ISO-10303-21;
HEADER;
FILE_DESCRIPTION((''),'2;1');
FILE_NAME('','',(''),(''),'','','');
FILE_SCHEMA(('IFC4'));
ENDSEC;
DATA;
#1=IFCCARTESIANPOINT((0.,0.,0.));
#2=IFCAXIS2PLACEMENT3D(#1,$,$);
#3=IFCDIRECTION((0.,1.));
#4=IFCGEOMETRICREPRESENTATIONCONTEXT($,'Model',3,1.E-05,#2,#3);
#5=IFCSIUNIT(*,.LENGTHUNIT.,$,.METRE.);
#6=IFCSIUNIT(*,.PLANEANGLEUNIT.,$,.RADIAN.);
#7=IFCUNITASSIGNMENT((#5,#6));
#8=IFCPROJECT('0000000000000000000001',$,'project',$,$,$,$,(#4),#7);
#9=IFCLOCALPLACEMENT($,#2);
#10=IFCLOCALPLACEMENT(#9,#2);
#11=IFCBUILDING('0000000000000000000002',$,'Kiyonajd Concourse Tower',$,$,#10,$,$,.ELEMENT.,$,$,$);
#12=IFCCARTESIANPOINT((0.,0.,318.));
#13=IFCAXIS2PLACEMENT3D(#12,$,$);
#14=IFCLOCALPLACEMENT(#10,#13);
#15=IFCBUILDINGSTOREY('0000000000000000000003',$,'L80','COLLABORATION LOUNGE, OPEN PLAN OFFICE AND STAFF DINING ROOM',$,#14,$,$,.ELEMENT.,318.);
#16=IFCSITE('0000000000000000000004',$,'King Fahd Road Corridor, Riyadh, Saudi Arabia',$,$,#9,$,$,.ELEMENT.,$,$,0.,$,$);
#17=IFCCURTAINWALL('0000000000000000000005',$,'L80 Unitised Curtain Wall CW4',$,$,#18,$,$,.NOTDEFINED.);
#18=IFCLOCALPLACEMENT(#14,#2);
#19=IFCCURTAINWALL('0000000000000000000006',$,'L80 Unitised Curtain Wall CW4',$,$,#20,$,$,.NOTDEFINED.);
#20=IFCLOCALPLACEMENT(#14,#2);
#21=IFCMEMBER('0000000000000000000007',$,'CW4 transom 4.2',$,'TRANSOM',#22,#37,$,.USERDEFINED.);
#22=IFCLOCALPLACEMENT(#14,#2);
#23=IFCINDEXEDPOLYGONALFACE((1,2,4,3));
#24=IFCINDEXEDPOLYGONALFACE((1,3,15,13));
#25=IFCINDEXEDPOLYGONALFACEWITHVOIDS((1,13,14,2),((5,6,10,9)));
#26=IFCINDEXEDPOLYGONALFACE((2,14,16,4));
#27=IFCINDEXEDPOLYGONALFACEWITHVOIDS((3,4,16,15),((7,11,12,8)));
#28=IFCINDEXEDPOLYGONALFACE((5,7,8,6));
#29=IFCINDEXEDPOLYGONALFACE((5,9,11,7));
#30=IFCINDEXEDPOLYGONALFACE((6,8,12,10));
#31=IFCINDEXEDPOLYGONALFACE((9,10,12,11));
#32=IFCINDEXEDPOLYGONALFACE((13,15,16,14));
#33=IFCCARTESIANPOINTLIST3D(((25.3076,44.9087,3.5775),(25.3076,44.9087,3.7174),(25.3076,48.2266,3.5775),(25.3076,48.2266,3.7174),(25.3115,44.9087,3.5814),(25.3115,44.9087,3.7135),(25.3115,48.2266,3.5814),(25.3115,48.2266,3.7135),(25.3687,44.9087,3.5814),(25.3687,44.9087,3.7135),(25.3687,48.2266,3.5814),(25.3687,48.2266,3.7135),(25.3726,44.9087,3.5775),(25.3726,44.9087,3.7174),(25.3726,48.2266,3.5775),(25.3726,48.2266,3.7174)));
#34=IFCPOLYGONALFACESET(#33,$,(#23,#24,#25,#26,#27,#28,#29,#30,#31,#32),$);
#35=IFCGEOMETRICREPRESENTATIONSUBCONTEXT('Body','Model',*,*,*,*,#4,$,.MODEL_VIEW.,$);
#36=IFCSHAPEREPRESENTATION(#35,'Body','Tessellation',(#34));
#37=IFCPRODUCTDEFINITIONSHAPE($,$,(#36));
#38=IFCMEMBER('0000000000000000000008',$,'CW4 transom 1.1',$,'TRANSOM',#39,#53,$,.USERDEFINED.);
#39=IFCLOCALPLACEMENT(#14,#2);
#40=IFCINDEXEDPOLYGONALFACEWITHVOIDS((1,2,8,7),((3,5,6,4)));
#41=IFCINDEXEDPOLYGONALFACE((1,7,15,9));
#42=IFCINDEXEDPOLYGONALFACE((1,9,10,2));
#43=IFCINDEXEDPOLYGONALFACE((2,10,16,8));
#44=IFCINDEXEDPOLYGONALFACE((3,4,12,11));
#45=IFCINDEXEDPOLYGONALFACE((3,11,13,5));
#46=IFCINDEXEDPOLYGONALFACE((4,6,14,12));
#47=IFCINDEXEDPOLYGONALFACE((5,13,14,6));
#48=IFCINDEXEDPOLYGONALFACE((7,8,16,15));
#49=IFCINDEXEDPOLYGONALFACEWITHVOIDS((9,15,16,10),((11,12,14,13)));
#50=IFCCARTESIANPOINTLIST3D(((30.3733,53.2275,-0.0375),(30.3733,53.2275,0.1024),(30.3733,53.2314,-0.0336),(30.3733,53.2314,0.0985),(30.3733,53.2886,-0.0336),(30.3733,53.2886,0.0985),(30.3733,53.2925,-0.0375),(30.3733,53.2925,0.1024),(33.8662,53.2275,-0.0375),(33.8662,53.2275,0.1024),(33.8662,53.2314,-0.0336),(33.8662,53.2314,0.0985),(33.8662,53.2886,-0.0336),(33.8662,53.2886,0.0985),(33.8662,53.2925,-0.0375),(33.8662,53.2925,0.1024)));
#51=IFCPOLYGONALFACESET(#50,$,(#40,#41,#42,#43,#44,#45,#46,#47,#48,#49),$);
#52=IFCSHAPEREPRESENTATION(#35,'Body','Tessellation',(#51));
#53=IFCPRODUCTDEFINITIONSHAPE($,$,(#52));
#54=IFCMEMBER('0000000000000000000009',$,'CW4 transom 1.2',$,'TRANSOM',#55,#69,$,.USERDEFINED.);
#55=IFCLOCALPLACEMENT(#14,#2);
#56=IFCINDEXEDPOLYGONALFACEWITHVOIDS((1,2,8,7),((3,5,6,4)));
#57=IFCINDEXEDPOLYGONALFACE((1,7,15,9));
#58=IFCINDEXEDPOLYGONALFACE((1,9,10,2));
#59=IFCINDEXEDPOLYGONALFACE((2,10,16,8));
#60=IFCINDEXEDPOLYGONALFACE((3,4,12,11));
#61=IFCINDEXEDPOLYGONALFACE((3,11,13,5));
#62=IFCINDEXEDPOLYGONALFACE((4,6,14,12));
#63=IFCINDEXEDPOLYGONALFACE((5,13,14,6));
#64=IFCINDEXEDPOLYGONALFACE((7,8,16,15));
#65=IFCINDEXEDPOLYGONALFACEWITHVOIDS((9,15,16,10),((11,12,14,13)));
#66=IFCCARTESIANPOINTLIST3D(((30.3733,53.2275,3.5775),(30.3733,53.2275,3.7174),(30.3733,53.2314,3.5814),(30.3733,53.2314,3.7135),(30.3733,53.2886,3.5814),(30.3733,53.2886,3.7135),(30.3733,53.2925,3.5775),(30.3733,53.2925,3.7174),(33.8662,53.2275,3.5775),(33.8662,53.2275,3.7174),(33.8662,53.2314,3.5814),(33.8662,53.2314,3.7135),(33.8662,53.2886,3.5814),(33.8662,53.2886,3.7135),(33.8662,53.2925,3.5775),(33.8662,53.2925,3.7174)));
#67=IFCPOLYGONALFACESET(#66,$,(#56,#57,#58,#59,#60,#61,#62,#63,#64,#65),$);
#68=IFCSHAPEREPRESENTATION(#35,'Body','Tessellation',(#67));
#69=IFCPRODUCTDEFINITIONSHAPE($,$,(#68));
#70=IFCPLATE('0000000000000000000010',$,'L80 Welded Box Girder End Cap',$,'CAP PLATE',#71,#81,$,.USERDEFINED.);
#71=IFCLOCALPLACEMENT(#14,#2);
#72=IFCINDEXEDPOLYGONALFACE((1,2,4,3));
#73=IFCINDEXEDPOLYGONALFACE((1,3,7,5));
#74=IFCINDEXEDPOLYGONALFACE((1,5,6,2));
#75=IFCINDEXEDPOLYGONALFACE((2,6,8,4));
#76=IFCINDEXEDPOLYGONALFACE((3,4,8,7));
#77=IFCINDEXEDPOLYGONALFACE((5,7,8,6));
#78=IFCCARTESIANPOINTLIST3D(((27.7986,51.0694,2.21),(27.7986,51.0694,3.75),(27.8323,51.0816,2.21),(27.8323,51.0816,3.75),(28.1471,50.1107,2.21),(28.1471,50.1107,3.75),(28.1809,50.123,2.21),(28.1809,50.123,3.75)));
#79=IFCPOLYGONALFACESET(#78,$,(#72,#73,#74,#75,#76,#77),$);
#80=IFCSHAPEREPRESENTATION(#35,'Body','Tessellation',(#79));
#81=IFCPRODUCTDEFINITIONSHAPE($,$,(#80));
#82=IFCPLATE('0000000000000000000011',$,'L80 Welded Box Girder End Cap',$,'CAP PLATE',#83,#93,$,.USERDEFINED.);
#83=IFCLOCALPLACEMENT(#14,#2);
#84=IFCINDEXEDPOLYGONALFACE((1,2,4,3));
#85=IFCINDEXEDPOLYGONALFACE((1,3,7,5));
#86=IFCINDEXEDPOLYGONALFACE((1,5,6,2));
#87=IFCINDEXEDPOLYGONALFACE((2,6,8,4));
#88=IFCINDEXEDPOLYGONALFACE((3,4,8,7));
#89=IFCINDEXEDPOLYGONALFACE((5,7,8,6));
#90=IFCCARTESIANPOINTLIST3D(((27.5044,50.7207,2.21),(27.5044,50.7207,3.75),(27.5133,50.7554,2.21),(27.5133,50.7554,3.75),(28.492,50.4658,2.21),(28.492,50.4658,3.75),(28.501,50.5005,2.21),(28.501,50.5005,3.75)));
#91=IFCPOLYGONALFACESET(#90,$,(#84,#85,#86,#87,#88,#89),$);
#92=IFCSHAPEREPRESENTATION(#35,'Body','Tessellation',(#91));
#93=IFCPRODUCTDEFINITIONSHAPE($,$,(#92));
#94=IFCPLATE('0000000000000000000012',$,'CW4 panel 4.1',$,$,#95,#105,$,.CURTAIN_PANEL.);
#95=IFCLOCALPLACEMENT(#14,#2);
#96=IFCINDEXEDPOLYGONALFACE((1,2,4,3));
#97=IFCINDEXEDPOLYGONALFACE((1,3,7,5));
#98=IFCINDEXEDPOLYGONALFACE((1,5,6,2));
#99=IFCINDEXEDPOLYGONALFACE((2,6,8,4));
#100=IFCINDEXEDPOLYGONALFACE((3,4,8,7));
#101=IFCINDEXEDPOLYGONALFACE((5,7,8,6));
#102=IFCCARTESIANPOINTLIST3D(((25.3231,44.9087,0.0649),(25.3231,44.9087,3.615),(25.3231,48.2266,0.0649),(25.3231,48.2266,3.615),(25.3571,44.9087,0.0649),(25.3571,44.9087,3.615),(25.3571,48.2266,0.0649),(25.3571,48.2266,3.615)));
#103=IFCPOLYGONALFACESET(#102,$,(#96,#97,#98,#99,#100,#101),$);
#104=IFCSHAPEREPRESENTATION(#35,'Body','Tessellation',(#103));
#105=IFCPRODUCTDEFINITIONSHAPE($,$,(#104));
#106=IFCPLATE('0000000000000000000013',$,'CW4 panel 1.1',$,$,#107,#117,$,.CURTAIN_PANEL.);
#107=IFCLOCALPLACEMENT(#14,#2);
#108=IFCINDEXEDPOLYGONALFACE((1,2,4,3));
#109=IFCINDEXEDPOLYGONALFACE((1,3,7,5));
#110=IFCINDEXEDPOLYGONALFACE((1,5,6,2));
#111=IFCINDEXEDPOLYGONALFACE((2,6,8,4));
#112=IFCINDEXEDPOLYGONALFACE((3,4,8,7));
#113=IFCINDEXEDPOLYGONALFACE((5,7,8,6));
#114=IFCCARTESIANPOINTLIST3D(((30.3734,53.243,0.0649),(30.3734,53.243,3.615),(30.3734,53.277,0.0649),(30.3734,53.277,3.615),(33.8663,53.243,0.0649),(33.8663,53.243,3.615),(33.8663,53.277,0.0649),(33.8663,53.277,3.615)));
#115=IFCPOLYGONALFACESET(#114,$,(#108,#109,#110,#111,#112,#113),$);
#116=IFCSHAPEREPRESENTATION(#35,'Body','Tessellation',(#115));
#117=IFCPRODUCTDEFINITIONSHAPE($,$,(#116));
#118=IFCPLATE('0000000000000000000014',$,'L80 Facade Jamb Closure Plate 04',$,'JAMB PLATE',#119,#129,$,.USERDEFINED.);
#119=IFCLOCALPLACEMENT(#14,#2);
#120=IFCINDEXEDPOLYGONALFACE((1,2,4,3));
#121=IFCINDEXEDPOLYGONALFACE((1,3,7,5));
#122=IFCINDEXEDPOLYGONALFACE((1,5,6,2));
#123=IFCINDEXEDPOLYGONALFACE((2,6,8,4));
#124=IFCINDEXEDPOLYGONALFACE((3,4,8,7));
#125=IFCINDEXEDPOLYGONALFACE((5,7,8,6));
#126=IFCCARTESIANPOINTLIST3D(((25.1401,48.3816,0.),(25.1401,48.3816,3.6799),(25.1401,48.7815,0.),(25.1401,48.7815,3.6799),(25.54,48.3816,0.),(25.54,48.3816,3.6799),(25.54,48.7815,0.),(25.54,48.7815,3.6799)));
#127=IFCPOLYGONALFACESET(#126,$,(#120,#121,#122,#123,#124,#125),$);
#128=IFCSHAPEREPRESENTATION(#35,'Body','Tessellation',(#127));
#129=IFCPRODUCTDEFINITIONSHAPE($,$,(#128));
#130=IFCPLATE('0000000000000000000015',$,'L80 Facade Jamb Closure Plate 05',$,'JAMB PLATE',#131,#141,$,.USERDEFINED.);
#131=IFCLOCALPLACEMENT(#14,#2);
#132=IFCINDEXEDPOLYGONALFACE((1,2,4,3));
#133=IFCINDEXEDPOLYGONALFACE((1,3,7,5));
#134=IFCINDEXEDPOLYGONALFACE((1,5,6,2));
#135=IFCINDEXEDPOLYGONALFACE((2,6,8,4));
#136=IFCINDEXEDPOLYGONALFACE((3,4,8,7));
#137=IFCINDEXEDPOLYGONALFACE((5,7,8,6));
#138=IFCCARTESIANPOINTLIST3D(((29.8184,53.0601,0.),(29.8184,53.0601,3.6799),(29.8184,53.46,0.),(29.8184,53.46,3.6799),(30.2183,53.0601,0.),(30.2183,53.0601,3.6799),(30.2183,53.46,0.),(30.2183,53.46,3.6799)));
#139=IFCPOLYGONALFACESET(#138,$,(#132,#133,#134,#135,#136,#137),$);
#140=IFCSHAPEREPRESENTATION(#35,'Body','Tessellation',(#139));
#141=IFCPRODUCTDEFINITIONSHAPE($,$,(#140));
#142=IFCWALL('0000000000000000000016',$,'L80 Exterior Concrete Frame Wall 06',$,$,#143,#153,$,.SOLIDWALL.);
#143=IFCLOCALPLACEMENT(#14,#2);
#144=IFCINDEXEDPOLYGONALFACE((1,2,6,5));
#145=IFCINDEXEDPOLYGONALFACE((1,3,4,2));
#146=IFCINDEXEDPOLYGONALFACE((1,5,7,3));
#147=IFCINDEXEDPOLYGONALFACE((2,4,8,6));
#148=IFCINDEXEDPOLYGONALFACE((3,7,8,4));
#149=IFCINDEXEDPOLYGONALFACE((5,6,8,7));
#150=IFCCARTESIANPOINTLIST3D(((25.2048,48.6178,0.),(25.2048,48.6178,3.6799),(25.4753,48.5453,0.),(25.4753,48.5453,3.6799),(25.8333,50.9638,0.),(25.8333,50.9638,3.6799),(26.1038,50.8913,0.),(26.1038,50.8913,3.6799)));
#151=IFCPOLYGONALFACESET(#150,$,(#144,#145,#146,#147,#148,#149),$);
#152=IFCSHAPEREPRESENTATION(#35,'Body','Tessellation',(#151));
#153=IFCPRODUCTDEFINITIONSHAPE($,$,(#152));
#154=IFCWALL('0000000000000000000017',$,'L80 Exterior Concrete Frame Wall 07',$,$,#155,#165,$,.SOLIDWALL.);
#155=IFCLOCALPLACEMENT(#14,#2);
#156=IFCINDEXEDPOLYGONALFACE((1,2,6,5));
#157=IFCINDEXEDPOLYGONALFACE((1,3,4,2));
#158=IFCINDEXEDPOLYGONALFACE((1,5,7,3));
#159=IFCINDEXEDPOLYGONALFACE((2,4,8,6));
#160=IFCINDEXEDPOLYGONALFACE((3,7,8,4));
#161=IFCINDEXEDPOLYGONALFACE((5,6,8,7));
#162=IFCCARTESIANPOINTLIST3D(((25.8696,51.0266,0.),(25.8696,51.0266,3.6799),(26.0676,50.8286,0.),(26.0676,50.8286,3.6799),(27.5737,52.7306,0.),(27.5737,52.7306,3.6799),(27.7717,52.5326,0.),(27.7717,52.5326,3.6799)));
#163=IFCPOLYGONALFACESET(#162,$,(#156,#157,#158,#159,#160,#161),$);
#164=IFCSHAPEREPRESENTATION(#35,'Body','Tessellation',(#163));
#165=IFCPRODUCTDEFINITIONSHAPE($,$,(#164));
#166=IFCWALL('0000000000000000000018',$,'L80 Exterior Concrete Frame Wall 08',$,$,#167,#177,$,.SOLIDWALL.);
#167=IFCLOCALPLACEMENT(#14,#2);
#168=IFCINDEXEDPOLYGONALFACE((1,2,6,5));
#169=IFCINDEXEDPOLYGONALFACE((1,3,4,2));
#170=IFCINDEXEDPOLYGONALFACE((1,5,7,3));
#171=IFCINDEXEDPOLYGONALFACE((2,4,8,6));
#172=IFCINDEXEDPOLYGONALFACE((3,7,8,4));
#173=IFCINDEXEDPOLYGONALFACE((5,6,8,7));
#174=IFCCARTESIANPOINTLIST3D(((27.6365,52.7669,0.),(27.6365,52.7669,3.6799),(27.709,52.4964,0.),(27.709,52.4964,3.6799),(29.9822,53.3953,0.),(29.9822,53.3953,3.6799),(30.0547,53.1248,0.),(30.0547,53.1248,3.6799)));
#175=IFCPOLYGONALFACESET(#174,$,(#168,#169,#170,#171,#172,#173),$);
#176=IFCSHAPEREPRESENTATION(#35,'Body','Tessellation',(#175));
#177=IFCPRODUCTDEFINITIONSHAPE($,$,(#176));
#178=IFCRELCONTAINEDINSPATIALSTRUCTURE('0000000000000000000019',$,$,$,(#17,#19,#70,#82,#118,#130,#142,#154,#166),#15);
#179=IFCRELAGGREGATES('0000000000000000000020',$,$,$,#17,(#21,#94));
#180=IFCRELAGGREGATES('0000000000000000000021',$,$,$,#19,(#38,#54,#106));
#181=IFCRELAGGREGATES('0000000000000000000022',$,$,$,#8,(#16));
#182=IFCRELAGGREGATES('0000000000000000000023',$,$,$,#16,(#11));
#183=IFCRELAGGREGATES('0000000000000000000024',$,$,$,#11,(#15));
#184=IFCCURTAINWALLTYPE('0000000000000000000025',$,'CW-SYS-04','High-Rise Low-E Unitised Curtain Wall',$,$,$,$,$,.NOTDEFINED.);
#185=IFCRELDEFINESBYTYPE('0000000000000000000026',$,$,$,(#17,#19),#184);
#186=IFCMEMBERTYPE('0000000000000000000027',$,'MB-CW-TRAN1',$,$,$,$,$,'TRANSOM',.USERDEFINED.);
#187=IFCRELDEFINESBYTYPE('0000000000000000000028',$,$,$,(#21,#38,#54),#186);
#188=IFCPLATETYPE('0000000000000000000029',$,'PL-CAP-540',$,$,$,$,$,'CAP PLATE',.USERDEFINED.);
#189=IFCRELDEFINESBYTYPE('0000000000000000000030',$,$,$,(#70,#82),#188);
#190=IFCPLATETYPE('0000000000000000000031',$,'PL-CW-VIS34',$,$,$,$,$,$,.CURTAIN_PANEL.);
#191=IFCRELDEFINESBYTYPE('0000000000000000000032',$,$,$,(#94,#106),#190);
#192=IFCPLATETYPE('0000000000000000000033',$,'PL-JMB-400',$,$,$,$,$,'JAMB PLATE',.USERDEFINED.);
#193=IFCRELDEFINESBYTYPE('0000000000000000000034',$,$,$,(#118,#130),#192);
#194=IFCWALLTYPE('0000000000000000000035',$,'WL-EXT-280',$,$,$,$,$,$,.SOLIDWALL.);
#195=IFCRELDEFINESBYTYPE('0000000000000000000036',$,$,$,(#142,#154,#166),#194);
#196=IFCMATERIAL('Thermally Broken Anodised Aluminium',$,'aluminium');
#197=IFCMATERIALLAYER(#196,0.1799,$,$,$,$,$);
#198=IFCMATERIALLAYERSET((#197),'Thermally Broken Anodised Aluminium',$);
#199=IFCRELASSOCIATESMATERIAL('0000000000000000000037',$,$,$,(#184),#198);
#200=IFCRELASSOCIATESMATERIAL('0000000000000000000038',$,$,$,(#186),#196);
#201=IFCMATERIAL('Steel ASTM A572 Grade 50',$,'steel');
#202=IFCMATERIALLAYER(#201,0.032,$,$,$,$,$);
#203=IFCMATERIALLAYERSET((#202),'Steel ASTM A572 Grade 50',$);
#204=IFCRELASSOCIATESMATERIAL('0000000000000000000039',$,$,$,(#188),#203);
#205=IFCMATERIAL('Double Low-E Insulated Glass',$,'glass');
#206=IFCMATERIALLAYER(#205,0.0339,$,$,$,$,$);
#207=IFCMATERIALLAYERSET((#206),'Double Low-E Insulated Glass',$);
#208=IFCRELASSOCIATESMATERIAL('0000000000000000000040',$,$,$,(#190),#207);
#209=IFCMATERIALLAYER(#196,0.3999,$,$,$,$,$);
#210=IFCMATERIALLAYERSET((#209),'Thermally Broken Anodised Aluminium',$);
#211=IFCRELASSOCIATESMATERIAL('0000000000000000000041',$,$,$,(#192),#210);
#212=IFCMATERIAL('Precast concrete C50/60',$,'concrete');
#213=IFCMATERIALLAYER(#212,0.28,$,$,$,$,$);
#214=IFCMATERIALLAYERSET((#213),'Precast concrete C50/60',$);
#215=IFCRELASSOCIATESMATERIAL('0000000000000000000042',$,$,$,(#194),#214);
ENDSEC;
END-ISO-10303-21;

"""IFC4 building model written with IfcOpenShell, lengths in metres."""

from ifc_helpers import new_model, si_unit, direction, frame, frame_2d, origin, origin_2d, place, context, subcontext, project, spatial, rectangle, hollow_rectangle, extrude, material, layer, layer_set, material_profile, profile_set, type_object, element, aggregate, save


model = new_model("IFC4")

# Units and contexts
model_context = context("Model", 3, precision=1e-05, world=origin(), true_north=direction((0.0, 1.0)))
body_context = subcontext(model_context, "Body", "Model", "MODEL_VIEW")
ifc_project = project(units=[si_unit("LENGTHUNIT", "METRE"), si_unit("PLANEANGLEUNIT", "RADIAN")], contexts=[model_context])

# Site, building, storey
site_placement = place(None, origin())
site = spatial("IfcSite", under=ifc_project, at=site_placement, Name="King Fahd Road Corridor, Riyadh, Saudi Arabia", CompositionType="ELEMENT", RefElevation=0.0)
building_placement = place(site_placement, origin())
building = spatial("IfcBuilding", under=site, at=building_placement, Name="Kiyonajd Concourse Tower", CompositionType="ELEMENT")
storey_placement = place(building_placement, frame((0.0, 0.0, 318.0)))
storey = spatial("IfcBuildingStorey", under=building, at=storey_placement, Name="L80", Description="COLLABORATION LOUNGE, OPEN PLAN OFFICE AND STAFF DINING ROOM", CompositionType="ELEMENT", Elevation=318.0)

# Shared definitions
ifc_material_1 = material(Name="Steel ASTM A572 Grade 50", Category="steel")

# Curtain wall
ifc_material_2 = material(Name="Thermally Broken Anodised Aluminium", Category="aluminium")
ifc_layer_1 = layer(ifc_material_2, 0.1799)
ifc_layer_set_1 = layer_set([ifc_layer_1], Name="Thermally Broken Anodised Aluminium")
curtain_wall_type = type_object("IfcCurtainWallType", Name="CW-SYS-04", Description="High-Rise Low-E Unitised Curtain Wall", PredefinedType="NOTDEFINED", material=ifc_layer_set_1)
curtain_wall_1_placement = place(storey_placement, origin())
curtain_wall_1 = element("IfcCurtainWall", 1, at=curtain_wall_1_placement, inside=storey, type_object=curtain_wall_type, Name="L80 Unitised Curtain Wall CW4", PredefinedType="NOTDEFINED")

# Curtain wall
curtain_wall_2_placement = place(storey_placement, origin())
curtain_wall_2 = element("IfcCurtainWall", 2, at=curtain_wall_2_placement, inside=storey, type_object=curtain_wall_type, Name="L80 Unitised Curtain Wall CW4", PredefinedType="NOTDEFINED")

# Members
ifc_material_profile_1 = material_profile(ifc_material_2, hollow_rectangle(XDim=0.0649, YDim=0.1399, WallThickness=0.0039, at=origin_2d()), Name="TRAN-65x140")
ifc_profile_set_1 = profile_set([ifc_material_profile_1], Name="Thermally Broken Anodised Aluminium")
member_type_1 = type_object("IfcMemberType", Name="MB-CW-TRAN1", ElementType="TRANSOM", PredefinedType="USERDEFINED", material=ifc_profile_set_1)
member_1_placement = place(storey_placement, frame((25.3401, 44.9087, 3.6475), z_axis=(0.0, 1.0, 0.0), x_axis=(-1.0, 0.0, 0.0)))
member_1 = element("IfcMember", 3, at=member_1_placement, type_object=member_type_1, Name="CW4 transom 4.2", ObjectType="TRANSOM", PredefinedType="USERDEFINED", context=body_context, shape_type="SweptSolid", body=[
    extrude(hollow_rectangle(XDim=0.0649, YDim=0.1399, WallThickness=0.0039, at=origin_2d()), origin(), (0.0, 0.0, 1.0), 3.3179),
])
member_2_placement = place(storey_placement, frame((30.3733, 53.26, 0.0325), z_axis=(1.0, 0.0, 0.0), x_axis=(0.0, 1.0, 0.0)))
member_2 = element("IfcMember", 4, at=member_2_placement, type_object=member_type_1, Name="CW4 transom 1.1", ObjectType="TRANSOM", PredefinedType="USERDEFINED", context=body_context, shape_type="SweptSolid", body=[
    extrude(hollow_rectangle(XDim=0.0649, YDim=0.1399, WallThickness=0.0039, at=origin_2d()), origin(), (0.0, 0.0, 1.0), 3.4929),
])
member_3_placement = place(storey_placement, frame((30.3733, 53.26, 3.6475), z_axis=(1.0, 0.0, 0.0), x_axis=(0.0, 1.0, 0.0)))
member_3 = element("IfcMember", 5, at=member_3_placement, type_object=member_type_1, Name="CW4 transom 1.2", ObjectType="TRANSOM", PredefinedType="USERDEFINED", context=body_context, shape_type="SweptSolid", body=[
    extrude(hollow_rectangle(XDim=0.0649, YDim=0.1399, WallThickness=0.0039, at=origin_2d()), origin(), (0.0, 0.0, 1.0), 3.4929),
])

# Plates
ifc_layer_2 = layer(ifc_material_1, 0.032)
ifc_layer_set_2 = layer_set([ifc_layer_2], Name="Steel ASTM A572 Grade 50")
plate_type_1 = type_object("IfcPlateType", Name="PL-CAP-540", ElementType="CAP PLATE", PredefinedType="USERDEFINED", material=ifc_layer_set_2)
for number, where, z_axis, x_axis, name in (
    (6, (27.9897, 50.5962, 2.21), (0.0, 0.0, 1.0), (-0.939812, -0.341692, 0.0), "L80 Welded Box Girder End Cap"),
    (7, (28.0027, 50.6106, 2.21), (0.0, 0.0, 1.0), (0.249873, 0.968279, 0.0), "L80 Welded Box Girder End Cap"),
):
    element("IfcPlate", number, at=place(storey_placement, frame(where, z_axis=z_axis, x_axis=x_axis)), inside=storey, type_object=plate_type_1, Name=name, ObjectType="CAP PLATE", PredefinedType="USERDEFINED", context=body_context, shape_type="SweptSolid", body=[
        extrude(rectangle(XDim=0.0359, YDim=1.02, at=origin_2d()), origin(), (0.0, 0.0, 1.0), 1.54),
    ])

# Plates
ifc_material_3 = material(Name="Double Low-E Insulated Glass", Category="glass")
ifc_layer_3 = layer(ifc_material_3, 0.0339)
ifc_layer_set_3 = layer_set([ifc_layer_3], Name="Double Low-E Insulated Glass")
plate_type_2 = type_object("IfcPlateType", Name="PL-CW-VIS34", PredefinedType="CURTAIN_PANEL", material=ifc_layer_set_3)
plate_1_placement = place(storey_placement, frame((25.3401, 46.5676, 0.0649), z_axis=(0.0, 0.0, 1.0), x_axis=(0.0, 1.0, 0.0)))
plate_1 = element("IfcPlate", 8, at=plate_1_placement, type_object=plate_type_2, Name="CW4 panel 4.1", PredefinedType="CURTAIN_PANEL", context=body_context, shape_type="SweptSolid", body=[
    extrude(rectangle(XDim=3.3179, YDim=0.0339, at=origin_2d()), origin(), (0.0, 0.0, 1.0), 3.55),
])
aggregate(curtain_wall_1, [member_1, plate_1])
plate_2_placement = place(storey_placement, frame((32.1199, 53.26, 0.0649), z_axis=(0.0, 0.0, 1.0), x_axis=(1.0, 0.0, 0.0)))
plate_2 = element("IfcPlate", 9, at=plate_2_placement, type_object=plate_type_2, Name="CW4 panel 1.1", PredefinedType="CURTAIN_PANEL", context=body_context, shape_type="SweptSolid", body=[
    extrude(rectangle(XDim=3.4929, YDim=0.0339, at=origin_2d()), origin(), (0.0, 0.0, 1.0), 3.55),
])
aggregate(curtain_wall_2, [member_2, member_3, plate_2])

# Plates
ifc_layer_4 = layer(ifc_material_2, 0.3999)
ifc_layer_set_4 = layer_set([ifc_layer_4], Name="Thermally Broken Anodised Aluminium")
plate_type_3 = type_object("IfcPlateType", Name="PL-JMB-400", ElementType="JAMB PLATE", PredefinedType="USERDEFINED", material=ifc_layer_set_4)
for number, where, z_axis, x_axis, name in (
    (10, (25.3401, 48.5815, 0.0), (0.0, 0.0, 1.0), (1.0, 0.0, 0.0), "L80 Facade Jamb Closure Plate 04"),
    (11, (30.0183, 53.26, 0.0), (0.0, 0.0, 1.0), (1.0, 0.0, 0.0), "L80 Facade Jamb Closure Plate 05"),
):
    element("IfcPlate", number, at=place(storey_placement, frame(where, z_axis=z_axis, x_axis=x_axis)), inside=storey, type_object=plate_type_3, Name=name, ObjectType="JAMB PLATE", PredefinedType="USERDEFINED", context=body_context, shape_type="SweptSolid", body=[
        extrude(rectangle(XDim=0.3999, YDim=0.3999, at=origin_2d()), origin(), (0.0, 0.0, 1.0), 3.6799),
    ])

# Walls
ifc_material_4 = material(Name="Precast concrete C50/60", Category="concrete")
ifc_layer_5 = layer(ifc_material_4, 0.28)
ifc_layer_set_5 = layer_set([ifc_layer_5], Name="Precast concrete C50/60")
wall_type_1 = type_object("IfcWallType", Name="WL-EXT-280", PredefinedType="SOLIDWALL", material=ifc_layer_set_5)
wall_1_placement = place(storey_placement, frame((25.3401, 48.5815, 0.0), z_axis=(0.0, 0.0, 1.0), x_axis=(0.258751, 0.965944, 0.0)))
element("IfcWall", 12, at=wall_1_placement, inside=storey, type_object=wall_type_1, Name="L80 Exterior Concrete Frame Wall 06", PredefinedType="SOLIDWALL", context=body_context, shape_type="SweptSolid", body=[
    extrude(rectangle(XDim=2.4287, YDim=0.28, at=frame_2d((1.2144, 0.0))), origin(), (0.0, 0.0, 1.0), 3.6799),
])
wall_2_placement = place(storey_placement, frame((25.9685, 50.9275, 0.0), z_axis=(0.0, 0.0, 1.0), x_axis=(0.707107, 0.707107, 0.0)))
element("IfcWall", 13, at=wall_2_placement, inside=storey, type_object=wall_type_1, Name="L80 Exterior Concrete Frame Wall 07", PredefinedType="SOLIDWALL", context=body_context, shape_type="SweptSolid", body=[
    extrude(rectangle(XDim=2.4099, YDim=0.28, at=frame_2d((1.2051, 0.0))), origin(), (0.0, 0.0, 1.0), 3.6799),
])
wall_3_placement = place(storey_placement, frame((27.6726, 52.6316, 0.0), z_axis=(0.0, 0.0, 1.0), x_axis=(0.965937, 0.258776, 0.0)))
element("IfcWall", 14, at=wall_3_placement, inside=storey, type_object=wall_type_1, Name="L80 Exterior Concrete Frame Wall 08", PredefinedType="SOLIDWALL", context=body_context, shape_type="SweptSolid", body=[
    extrude(rectangle(XDim=2.4285, YDim=0.28, at=frame_2d((1.2144, 0.0))), origin(), (0.0, 0.0, 1.0), 3.6799),
])

save(model, "model.ifc")
